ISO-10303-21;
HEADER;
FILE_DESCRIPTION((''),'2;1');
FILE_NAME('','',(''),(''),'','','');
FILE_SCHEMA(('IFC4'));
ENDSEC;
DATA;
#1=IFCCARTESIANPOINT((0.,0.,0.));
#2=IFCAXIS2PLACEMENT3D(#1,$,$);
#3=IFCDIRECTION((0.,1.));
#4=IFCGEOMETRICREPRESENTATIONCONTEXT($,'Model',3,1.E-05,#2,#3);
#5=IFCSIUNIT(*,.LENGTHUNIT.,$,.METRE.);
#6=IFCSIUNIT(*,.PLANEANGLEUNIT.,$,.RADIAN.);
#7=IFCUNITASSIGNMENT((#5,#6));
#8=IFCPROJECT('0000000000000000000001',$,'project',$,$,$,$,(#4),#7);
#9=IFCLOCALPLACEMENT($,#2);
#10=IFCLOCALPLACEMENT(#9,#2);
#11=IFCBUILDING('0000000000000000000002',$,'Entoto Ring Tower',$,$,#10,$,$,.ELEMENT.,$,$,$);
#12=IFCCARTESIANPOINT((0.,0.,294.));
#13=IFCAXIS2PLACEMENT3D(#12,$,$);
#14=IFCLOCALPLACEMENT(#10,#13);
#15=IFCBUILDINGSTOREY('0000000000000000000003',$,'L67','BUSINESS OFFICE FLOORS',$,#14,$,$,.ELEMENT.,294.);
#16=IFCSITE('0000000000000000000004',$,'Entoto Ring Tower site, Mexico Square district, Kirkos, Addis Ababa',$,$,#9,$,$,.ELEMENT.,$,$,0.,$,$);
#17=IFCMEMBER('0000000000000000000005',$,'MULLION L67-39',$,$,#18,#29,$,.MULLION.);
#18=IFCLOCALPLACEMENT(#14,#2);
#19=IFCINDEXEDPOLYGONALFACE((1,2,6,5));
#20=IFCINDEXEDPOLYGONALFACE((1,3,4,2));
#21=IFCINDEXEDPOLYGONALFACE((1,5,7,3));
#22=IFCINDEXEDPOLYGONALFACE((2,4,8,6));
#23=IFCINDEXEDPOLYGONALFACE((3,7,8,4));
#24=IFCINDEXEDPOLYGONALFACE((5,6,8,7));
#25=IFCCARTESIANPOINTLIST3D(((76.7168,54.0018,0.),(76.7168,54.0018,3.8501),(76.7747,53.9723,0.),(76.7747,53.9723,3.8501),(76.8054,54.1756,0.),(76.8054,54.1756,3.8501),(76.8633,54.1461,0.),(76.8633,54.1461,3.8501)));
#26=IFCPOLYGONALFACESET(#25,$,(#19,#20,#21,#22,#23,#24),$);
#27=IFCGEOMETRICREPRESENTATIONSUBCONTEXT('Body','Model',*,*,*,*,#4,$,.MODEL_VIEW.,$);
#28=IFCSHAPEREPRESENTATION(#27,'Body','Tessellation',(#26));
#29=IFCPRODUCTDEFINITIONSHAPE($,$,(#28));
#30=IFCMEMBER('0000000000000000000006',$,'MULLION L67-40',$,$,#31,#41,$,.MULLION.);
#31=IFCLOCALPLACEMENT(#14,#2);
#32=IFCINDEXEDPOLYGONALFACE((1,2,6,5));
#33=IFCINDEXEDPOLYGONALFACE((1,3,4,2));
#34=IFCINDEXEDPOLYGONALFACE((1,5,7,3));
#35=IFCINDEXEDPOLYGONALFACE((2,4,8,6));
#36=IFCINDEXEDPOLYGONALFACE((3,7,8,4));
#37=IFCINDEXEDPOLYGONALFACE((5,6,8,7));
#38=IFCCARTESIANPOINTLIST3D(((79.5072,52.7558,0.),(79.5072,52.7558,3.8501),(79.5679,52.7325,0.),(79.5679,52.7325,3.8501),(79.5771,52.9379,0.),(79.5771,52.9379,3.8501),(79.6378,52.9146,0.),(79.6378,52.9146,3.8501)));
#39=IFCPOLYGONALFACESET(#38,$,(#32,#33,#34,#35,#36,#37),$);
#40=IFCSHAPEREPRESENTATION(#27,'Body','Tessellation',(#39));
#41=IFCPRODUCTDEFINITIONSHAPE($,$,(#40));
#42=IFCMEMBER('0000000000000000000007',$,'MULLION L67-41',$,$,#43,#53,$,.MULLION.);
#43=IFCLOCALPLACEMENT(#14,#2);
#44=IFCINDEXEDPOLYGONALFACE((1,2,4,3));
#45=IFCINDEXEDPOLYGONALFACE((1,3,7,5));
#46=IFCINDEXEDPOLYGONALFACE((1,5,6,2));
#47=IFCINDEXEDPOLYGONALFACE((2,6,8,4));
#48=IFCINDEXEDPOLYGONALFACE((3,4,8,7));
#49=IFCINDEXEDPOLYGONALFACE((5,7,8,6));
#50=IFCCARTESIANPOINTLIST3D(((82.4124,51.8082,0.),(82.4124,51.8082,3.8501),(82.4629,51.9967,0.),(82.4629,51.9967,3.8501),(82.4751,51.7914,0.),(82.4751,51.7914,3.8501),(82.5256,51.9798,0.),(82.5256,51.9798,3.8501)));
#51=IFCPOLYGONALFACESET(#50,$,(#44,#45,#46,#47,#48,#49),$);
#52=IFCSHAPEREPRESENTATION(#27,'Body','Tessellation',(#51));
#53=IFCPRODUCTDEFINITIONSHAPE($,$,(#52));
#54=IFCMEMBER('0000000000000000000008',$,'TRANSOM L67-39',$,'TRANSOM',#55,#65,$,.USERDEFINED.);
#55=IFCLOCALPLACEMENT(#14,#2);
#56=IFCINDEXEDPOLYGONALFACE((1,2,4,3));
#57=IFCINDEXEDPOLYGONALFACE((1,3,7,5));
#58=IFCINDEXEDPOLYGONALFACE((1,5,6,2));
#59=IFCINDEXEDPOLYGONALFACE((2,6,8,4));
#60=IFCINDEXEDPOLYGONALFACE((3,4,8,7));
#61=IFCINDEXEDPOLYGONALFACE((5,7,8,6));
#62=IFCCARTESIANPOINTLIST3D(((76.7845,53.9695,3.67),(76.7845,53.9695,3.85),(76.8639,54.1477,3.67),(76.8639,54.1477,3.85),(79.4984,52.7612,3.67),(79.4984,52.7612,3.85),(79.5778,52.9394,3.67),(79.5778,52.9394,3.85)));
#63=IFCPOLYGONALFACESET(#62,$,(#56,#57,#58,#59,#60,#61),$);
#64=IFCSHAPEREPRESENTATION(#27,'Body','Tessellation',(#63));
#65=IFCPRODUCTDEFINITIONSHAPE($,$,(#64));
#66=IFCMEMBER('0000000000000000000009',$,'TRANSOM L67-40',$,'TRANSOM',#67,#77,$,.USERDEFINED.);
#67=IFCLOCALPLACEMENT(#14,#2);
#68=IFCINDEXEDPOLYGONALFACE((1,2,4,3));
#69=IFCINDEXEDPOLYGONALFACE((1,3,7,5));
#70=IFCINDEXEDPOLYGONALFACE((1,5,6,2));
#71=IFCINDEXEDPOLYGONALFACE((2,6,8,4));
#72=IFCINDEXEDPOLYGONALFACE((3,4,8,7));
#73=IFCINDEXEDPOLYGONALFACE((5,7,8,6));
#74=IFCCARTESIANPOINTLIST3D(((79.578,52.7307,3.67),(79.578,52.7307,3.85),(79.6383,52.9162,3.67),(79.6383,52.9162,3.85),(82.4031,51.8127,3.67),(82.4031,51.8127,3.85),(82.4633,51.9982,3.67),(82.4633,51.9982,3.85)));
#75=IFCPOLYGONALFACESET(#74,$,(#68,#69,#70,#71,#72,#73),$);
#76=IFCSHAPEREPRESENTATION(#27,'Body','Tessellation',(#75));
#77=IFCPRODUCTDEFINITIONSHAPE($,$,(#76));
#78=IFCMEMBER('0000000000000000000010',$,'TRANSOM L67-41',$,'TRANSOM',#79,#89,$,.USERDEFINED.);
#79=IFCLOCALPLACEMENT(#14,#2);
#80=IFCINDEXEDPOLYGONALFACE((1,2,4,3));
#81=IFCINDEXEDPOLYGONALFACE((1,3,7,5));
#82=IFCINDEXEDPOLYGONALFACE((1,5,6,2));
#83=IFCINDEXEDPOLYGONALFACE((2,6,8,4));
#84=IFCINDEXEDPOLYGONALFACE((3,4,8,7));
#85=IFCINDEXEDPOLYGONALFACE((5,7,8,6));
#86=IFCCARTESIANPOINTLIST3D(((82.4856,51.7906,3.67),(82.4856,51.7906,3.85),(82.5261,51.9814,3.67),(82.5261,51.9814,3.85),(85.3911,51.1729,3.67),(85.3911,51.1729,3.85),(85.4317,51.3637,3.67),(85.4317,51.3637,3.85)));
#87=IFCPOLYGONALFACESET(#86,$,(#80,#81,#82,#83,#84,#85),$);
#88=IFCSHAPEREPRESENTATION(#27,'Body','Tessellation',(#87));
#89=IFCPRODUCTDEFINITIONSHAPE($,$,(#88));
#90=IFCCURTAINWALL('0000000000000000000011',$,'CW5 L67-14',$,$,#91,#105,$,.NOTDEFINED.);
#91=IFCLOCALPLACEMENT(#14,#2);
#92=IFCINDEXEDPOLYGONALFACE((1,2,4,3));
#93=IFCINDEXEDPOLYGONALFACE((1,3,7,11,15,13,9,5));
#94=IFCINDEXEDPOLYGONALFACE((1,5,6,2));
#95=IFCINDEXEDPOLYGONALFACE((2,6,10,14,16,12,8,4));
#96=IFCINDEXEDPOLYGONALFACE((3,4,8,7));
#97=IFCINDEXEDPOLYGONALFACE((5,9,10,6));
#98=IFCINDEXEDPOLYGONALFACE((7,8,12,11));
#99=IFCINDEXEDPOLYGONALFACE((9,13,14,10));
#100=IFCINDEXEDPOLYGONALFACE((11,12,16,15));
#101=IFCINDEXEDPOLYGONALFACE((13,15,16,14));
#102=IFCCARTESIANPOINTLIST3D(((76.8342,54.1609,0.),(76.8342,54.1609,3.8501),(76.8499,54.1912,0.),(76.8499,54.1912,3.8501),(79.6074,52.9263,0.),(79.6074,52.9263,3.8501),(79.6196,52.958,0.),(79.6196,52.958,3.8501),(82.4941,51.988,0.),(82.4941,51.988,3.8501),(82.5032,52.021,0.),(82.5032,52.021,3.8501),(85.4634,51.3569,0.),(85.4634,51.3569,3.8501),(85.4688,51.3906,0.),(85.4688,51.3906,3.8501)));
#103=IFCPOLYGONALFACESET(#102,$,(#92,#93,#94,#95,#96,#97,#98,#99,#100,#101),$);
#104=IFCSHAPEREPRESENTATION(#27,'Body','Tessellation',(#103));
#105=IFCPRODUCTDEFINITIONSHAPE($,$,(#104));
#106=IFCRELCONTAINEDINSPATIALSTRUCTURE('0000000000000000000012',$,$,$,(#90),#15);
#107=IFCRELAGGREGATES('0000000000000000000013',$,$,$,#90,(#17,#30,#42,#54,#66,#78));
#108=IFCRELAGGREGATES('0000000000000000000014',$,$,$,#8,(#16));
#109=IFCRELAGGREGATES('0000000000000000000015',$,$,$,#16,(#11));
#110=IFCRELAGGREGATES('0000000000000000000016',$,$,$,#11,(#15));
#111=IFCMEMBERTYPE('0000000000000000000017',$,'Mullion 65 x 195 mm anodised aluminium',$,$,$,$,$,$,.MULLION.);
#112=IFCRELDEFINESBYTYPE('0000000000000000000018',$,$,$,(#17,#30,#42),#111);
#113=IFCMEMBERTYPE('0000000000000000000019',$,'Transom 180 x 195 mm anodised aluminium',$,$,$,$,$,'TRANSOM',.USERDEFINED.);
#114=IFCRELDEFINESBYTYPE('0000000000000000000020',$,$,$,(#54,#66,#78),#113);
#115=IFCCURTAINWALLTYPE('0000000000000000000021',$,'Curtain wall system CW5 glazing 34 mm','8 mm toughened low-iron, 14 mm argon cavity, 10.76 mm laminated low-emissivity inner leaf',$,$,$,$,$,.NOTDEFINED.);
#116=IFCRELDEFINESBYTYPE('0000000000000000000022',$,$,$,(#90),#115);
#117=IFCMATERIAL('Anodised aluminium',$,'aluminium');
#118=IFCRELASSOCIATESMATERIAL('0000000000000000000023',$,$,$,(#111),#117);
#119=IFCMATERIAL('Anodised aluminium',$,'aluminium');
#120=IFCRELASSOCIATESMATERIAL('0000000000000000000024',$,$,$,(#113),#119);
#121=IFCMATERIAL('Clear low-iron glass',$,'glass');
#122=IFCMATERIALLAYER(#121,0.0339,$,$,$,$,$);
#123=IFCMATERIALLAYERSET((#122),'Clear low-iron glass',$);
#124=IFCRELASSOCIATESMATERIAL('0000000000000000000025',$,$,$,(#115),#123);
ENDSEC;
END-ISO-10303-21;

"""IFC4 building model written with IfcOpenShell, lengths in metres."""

from ifc_helpers import new_model, si_unit, direction, frame, origin, origin_2d, place, context, subcontext, project, spatial, polyline, rectangle, outline, extrude, material, layer, layer_set, material_profile, profile_set, type_object, element, aggregate, save


model = new_model("IFC4")

# Units and contexts
model_context = context("Model", 3, precision=1e-05, world=origin(), true_north=direction((0.0, 1.0)))
body_context = subcontext(model_context, "Body", "Model", "MODEL_VIEW")
ifc_project = project(units=[si_unit("LENGTHUNIT", "METRE"), si_unit("PLANEANGLEUNIT", "RADIAN")], contexts=[model_context])

# Members
ifc_material_1 = material(Name="Anodised aluminium", Category="aluminium")
ifc_material_profile_1 = material_profile(ifc_material_1, rectangle(XDim=0.0649, YDim=0.1951, at=origin_2d()), Name="Mullion 65 x 195 mm anodised aluminium")
ifc_profile_set_1 = profile_set([ifc_material_profile_1], Name="Anodised aluminium")
member_type_1 = type_object("IfcMemberType", Name="Mullion 65 x 195 mm anodised aluminium", PredefinedType="MULLION", material=ifc_profile_set_1)
site_placement = place(None, origin())
building_placement = place(site_placement, origin())
storey_placement = place(building_placement, frame((0.0, 0.0, 294.0)))
member_1_placement = place(storey_placement, frame((76.79, 54.074, 0.0), z_axis=(0.0, 0.0, 1.0), x_axis=(0.891007, -0.45399, 0.0)))
member_1 = element("IfcMember", 1, at=member_1_placement, type_object=member_type_1, Name="MULLION L67-39", PredefinedType="MULLION", context=body_context, shape_type="SweptSolid", body=[
    extrude(rectangle(XDim=0.0649, YDim=0.1951, at=origin_2d()), origin(), (0.0, 0.0, 1.0), 3.8501),
])
member_2_placement = place(storey_placement, frame((79.5725, 52.8352, 0.0), z_axis=(0.0, 0.0, 1.0), x_axis=(0.93358, -0.358368, 0.0)))
member_2 = element("IfcMember", 2, at=member_2_placement, type_object=member_type_1, Name="MULLION L67-40", PredefinedType="MULLION", context=body_context, shape_type="SweptSolid", body=[
    extrude(rectangle(XDim=0.0649, YDim=0.1951, at=origin_2d()), origin(), (0.0, 0.0, 1.0), 3.8501),
])
member_3_placement = place(storey_placement, frame((82.469, 51.894, 0.0), z_axis=(0.0, 0.0, 1.0), x_axis=(0.965926, -0.258819, 0.0)))
member_3 = element("IfcMember", 3, at=member_3_placement, type_object=member_type_1, Name="MULLION L67-41", PredefinedType="MULLION", context=body_context, shape_type="SweptSolid", body=[
    extrude(rectangle(XDim=0.0649, YDim=0.1951, at=origin_2d()), origin(), (0.0, 0.0, 1.0), 3.8501),
])
ifc_material_2 = material(Name="Anodised aluminium", Category="aluminium")
ifc_material_profile_2 = material_profile(ifc_material_2, rectangle(XDim=0.1951, YDim=0.1799, at=origin_2d()), Name="Transom 180 x 195 mm anodised aluminium")
ifc_profile_set_2 = profile_set([ifc_material_profile_2], Name="Anodised aluminium")
member_type_2 = type_object("IfcMemberType", Name="Transom 180 x 195 mm anodised aluminium", ElementType="TRANSOM", PredefinedType="USERDEFINED", material=ifc_profile_set_2)
member_4_placement = place(storey_placement, frame((76.8242, 54.0586, 3.76), z_axis=(0.91355, -0.406726, 0.0), x_axis=(0.406726, 0.91355, 0.0)))
member_4 = element("IfcMember", 4, at=member_4_placement, type_object=member_type_2, Name="TRANSOM L67-39", ObjectType="TRANSOM", PredefinedType="USERDEFINED", context=body_context, shape_type="SweptSolid", body=[
    extrude(rectangle(XDim=0.1951, YDim=0.1799, at=origin_2d()), origin(), (0.0, 0.0, 1.0), 2.9707),
])
member_5_placement = place(storey_placement, frame((79.6082, 52.8235, 3.76), z_axis=(0.951048, -0.309043, 0.0), x_axis=(0.309043, 0.951048, 0.0)))
member_5 = element("IfcMember", 5, at=member_5_placement, type_object=member_type_2, Name="TRANSOM L67-40", ObjectType="TRANSOM", PredefinedType="USERDEFINED", context=body_context, shape_type="SweptSolid", body=[
    extrude(rectangle(XDim=0.1951, YDim=0.1799, at=origin_2d()), origin(), (0.0, 0.0, 1.0), 2.9705),
])
member_6_placement = place(storey_placement, frame((82.5059, 51.886, 3.76), z_axis=(0.978142, -0.20794, 0.0), x_axis=(0.20794, 0.978142, 0.0)))
member_6 = element("IfcMember", 6, at=member_6_placement, type_object=member_type_2, Name="TRANSOM L67-41", ObjectType="TRANSOM", PredefinedType="USERDEFINED", context=body_context, shape_type="SweptSolid", body=[
    extrude(rectangle(XDim=0.1951, YDim=0.1799, at=origin_2d()), origin(), (0.0, 0.0, 1.0), 2.9705),
])

# Site, building, storey
site = spatial("IfcSite", under=ifc_project, at=site_placement, Name="Entoto Ring Tower site, Mexico Square district, Kirkos, Addis Ababa", CompositionType="ELEMENT", RefElevation=0.0)
building = spatial("IfcBuilding", under=site, at=building_placement, Name="Entoto Ring Tower", CompositionType="ELEMENT")
storey = spatial("IfcBuildingStorey", under=building, at=storey_placement, Name="L67", Description="BUSINESS OFFICE FLOORS", CompositionType="ELEMENT", Elevation=294.0)

# Curtain wall
ifc_material_3 = material(Name="Clear low-iron glass", Category="glass")
ifc_layer = layer(ifc_material_3, 0.0339)
ifc_layer_set = layer_set([ifc_layer], Name="Clear low-iron glass")
curtain_wall_type = type_object("IfcCurtainWallType", Name="Curtain wall system CW5 glazing 34 mm", Description="8 mm toughened low-iron, 14 mm argon cavity, 10.76 mm laminated low-emissivity inner leaf", PredefinedType="NOTDEFINED", material=ifc_layer_set)
curtain_wall_1_placement = place(storey_placement, origin())
curtain_wall_1 = element("IfcCurtainWall", 7, at=curtain_wall_1_placement, inside=storey, type_object=curtain_wall_type, Name="CW5 L67-14", PredefinedType="NOTDEFINED", context=body_context, shape_type="SweptSolid", body=[
    extrude(outline(polyline([(76.8342, 54.1609), (79.6074, 52.9263), (82.4941, 51.988), (85.4634, 51.3569), (85.4688, 51.3906), (82.5032, 52.021), (79.6196, 52.958), (76.8499, 54.1912), (76.8342, 54.1609)])), origin(), (0.0, 0.0, 1.0), 3.8501),
])
aggregate(curtain_wall_1, [member_1, member_2, member_3, member_4, member_5, member_6])

save(model, "model.ifc")
